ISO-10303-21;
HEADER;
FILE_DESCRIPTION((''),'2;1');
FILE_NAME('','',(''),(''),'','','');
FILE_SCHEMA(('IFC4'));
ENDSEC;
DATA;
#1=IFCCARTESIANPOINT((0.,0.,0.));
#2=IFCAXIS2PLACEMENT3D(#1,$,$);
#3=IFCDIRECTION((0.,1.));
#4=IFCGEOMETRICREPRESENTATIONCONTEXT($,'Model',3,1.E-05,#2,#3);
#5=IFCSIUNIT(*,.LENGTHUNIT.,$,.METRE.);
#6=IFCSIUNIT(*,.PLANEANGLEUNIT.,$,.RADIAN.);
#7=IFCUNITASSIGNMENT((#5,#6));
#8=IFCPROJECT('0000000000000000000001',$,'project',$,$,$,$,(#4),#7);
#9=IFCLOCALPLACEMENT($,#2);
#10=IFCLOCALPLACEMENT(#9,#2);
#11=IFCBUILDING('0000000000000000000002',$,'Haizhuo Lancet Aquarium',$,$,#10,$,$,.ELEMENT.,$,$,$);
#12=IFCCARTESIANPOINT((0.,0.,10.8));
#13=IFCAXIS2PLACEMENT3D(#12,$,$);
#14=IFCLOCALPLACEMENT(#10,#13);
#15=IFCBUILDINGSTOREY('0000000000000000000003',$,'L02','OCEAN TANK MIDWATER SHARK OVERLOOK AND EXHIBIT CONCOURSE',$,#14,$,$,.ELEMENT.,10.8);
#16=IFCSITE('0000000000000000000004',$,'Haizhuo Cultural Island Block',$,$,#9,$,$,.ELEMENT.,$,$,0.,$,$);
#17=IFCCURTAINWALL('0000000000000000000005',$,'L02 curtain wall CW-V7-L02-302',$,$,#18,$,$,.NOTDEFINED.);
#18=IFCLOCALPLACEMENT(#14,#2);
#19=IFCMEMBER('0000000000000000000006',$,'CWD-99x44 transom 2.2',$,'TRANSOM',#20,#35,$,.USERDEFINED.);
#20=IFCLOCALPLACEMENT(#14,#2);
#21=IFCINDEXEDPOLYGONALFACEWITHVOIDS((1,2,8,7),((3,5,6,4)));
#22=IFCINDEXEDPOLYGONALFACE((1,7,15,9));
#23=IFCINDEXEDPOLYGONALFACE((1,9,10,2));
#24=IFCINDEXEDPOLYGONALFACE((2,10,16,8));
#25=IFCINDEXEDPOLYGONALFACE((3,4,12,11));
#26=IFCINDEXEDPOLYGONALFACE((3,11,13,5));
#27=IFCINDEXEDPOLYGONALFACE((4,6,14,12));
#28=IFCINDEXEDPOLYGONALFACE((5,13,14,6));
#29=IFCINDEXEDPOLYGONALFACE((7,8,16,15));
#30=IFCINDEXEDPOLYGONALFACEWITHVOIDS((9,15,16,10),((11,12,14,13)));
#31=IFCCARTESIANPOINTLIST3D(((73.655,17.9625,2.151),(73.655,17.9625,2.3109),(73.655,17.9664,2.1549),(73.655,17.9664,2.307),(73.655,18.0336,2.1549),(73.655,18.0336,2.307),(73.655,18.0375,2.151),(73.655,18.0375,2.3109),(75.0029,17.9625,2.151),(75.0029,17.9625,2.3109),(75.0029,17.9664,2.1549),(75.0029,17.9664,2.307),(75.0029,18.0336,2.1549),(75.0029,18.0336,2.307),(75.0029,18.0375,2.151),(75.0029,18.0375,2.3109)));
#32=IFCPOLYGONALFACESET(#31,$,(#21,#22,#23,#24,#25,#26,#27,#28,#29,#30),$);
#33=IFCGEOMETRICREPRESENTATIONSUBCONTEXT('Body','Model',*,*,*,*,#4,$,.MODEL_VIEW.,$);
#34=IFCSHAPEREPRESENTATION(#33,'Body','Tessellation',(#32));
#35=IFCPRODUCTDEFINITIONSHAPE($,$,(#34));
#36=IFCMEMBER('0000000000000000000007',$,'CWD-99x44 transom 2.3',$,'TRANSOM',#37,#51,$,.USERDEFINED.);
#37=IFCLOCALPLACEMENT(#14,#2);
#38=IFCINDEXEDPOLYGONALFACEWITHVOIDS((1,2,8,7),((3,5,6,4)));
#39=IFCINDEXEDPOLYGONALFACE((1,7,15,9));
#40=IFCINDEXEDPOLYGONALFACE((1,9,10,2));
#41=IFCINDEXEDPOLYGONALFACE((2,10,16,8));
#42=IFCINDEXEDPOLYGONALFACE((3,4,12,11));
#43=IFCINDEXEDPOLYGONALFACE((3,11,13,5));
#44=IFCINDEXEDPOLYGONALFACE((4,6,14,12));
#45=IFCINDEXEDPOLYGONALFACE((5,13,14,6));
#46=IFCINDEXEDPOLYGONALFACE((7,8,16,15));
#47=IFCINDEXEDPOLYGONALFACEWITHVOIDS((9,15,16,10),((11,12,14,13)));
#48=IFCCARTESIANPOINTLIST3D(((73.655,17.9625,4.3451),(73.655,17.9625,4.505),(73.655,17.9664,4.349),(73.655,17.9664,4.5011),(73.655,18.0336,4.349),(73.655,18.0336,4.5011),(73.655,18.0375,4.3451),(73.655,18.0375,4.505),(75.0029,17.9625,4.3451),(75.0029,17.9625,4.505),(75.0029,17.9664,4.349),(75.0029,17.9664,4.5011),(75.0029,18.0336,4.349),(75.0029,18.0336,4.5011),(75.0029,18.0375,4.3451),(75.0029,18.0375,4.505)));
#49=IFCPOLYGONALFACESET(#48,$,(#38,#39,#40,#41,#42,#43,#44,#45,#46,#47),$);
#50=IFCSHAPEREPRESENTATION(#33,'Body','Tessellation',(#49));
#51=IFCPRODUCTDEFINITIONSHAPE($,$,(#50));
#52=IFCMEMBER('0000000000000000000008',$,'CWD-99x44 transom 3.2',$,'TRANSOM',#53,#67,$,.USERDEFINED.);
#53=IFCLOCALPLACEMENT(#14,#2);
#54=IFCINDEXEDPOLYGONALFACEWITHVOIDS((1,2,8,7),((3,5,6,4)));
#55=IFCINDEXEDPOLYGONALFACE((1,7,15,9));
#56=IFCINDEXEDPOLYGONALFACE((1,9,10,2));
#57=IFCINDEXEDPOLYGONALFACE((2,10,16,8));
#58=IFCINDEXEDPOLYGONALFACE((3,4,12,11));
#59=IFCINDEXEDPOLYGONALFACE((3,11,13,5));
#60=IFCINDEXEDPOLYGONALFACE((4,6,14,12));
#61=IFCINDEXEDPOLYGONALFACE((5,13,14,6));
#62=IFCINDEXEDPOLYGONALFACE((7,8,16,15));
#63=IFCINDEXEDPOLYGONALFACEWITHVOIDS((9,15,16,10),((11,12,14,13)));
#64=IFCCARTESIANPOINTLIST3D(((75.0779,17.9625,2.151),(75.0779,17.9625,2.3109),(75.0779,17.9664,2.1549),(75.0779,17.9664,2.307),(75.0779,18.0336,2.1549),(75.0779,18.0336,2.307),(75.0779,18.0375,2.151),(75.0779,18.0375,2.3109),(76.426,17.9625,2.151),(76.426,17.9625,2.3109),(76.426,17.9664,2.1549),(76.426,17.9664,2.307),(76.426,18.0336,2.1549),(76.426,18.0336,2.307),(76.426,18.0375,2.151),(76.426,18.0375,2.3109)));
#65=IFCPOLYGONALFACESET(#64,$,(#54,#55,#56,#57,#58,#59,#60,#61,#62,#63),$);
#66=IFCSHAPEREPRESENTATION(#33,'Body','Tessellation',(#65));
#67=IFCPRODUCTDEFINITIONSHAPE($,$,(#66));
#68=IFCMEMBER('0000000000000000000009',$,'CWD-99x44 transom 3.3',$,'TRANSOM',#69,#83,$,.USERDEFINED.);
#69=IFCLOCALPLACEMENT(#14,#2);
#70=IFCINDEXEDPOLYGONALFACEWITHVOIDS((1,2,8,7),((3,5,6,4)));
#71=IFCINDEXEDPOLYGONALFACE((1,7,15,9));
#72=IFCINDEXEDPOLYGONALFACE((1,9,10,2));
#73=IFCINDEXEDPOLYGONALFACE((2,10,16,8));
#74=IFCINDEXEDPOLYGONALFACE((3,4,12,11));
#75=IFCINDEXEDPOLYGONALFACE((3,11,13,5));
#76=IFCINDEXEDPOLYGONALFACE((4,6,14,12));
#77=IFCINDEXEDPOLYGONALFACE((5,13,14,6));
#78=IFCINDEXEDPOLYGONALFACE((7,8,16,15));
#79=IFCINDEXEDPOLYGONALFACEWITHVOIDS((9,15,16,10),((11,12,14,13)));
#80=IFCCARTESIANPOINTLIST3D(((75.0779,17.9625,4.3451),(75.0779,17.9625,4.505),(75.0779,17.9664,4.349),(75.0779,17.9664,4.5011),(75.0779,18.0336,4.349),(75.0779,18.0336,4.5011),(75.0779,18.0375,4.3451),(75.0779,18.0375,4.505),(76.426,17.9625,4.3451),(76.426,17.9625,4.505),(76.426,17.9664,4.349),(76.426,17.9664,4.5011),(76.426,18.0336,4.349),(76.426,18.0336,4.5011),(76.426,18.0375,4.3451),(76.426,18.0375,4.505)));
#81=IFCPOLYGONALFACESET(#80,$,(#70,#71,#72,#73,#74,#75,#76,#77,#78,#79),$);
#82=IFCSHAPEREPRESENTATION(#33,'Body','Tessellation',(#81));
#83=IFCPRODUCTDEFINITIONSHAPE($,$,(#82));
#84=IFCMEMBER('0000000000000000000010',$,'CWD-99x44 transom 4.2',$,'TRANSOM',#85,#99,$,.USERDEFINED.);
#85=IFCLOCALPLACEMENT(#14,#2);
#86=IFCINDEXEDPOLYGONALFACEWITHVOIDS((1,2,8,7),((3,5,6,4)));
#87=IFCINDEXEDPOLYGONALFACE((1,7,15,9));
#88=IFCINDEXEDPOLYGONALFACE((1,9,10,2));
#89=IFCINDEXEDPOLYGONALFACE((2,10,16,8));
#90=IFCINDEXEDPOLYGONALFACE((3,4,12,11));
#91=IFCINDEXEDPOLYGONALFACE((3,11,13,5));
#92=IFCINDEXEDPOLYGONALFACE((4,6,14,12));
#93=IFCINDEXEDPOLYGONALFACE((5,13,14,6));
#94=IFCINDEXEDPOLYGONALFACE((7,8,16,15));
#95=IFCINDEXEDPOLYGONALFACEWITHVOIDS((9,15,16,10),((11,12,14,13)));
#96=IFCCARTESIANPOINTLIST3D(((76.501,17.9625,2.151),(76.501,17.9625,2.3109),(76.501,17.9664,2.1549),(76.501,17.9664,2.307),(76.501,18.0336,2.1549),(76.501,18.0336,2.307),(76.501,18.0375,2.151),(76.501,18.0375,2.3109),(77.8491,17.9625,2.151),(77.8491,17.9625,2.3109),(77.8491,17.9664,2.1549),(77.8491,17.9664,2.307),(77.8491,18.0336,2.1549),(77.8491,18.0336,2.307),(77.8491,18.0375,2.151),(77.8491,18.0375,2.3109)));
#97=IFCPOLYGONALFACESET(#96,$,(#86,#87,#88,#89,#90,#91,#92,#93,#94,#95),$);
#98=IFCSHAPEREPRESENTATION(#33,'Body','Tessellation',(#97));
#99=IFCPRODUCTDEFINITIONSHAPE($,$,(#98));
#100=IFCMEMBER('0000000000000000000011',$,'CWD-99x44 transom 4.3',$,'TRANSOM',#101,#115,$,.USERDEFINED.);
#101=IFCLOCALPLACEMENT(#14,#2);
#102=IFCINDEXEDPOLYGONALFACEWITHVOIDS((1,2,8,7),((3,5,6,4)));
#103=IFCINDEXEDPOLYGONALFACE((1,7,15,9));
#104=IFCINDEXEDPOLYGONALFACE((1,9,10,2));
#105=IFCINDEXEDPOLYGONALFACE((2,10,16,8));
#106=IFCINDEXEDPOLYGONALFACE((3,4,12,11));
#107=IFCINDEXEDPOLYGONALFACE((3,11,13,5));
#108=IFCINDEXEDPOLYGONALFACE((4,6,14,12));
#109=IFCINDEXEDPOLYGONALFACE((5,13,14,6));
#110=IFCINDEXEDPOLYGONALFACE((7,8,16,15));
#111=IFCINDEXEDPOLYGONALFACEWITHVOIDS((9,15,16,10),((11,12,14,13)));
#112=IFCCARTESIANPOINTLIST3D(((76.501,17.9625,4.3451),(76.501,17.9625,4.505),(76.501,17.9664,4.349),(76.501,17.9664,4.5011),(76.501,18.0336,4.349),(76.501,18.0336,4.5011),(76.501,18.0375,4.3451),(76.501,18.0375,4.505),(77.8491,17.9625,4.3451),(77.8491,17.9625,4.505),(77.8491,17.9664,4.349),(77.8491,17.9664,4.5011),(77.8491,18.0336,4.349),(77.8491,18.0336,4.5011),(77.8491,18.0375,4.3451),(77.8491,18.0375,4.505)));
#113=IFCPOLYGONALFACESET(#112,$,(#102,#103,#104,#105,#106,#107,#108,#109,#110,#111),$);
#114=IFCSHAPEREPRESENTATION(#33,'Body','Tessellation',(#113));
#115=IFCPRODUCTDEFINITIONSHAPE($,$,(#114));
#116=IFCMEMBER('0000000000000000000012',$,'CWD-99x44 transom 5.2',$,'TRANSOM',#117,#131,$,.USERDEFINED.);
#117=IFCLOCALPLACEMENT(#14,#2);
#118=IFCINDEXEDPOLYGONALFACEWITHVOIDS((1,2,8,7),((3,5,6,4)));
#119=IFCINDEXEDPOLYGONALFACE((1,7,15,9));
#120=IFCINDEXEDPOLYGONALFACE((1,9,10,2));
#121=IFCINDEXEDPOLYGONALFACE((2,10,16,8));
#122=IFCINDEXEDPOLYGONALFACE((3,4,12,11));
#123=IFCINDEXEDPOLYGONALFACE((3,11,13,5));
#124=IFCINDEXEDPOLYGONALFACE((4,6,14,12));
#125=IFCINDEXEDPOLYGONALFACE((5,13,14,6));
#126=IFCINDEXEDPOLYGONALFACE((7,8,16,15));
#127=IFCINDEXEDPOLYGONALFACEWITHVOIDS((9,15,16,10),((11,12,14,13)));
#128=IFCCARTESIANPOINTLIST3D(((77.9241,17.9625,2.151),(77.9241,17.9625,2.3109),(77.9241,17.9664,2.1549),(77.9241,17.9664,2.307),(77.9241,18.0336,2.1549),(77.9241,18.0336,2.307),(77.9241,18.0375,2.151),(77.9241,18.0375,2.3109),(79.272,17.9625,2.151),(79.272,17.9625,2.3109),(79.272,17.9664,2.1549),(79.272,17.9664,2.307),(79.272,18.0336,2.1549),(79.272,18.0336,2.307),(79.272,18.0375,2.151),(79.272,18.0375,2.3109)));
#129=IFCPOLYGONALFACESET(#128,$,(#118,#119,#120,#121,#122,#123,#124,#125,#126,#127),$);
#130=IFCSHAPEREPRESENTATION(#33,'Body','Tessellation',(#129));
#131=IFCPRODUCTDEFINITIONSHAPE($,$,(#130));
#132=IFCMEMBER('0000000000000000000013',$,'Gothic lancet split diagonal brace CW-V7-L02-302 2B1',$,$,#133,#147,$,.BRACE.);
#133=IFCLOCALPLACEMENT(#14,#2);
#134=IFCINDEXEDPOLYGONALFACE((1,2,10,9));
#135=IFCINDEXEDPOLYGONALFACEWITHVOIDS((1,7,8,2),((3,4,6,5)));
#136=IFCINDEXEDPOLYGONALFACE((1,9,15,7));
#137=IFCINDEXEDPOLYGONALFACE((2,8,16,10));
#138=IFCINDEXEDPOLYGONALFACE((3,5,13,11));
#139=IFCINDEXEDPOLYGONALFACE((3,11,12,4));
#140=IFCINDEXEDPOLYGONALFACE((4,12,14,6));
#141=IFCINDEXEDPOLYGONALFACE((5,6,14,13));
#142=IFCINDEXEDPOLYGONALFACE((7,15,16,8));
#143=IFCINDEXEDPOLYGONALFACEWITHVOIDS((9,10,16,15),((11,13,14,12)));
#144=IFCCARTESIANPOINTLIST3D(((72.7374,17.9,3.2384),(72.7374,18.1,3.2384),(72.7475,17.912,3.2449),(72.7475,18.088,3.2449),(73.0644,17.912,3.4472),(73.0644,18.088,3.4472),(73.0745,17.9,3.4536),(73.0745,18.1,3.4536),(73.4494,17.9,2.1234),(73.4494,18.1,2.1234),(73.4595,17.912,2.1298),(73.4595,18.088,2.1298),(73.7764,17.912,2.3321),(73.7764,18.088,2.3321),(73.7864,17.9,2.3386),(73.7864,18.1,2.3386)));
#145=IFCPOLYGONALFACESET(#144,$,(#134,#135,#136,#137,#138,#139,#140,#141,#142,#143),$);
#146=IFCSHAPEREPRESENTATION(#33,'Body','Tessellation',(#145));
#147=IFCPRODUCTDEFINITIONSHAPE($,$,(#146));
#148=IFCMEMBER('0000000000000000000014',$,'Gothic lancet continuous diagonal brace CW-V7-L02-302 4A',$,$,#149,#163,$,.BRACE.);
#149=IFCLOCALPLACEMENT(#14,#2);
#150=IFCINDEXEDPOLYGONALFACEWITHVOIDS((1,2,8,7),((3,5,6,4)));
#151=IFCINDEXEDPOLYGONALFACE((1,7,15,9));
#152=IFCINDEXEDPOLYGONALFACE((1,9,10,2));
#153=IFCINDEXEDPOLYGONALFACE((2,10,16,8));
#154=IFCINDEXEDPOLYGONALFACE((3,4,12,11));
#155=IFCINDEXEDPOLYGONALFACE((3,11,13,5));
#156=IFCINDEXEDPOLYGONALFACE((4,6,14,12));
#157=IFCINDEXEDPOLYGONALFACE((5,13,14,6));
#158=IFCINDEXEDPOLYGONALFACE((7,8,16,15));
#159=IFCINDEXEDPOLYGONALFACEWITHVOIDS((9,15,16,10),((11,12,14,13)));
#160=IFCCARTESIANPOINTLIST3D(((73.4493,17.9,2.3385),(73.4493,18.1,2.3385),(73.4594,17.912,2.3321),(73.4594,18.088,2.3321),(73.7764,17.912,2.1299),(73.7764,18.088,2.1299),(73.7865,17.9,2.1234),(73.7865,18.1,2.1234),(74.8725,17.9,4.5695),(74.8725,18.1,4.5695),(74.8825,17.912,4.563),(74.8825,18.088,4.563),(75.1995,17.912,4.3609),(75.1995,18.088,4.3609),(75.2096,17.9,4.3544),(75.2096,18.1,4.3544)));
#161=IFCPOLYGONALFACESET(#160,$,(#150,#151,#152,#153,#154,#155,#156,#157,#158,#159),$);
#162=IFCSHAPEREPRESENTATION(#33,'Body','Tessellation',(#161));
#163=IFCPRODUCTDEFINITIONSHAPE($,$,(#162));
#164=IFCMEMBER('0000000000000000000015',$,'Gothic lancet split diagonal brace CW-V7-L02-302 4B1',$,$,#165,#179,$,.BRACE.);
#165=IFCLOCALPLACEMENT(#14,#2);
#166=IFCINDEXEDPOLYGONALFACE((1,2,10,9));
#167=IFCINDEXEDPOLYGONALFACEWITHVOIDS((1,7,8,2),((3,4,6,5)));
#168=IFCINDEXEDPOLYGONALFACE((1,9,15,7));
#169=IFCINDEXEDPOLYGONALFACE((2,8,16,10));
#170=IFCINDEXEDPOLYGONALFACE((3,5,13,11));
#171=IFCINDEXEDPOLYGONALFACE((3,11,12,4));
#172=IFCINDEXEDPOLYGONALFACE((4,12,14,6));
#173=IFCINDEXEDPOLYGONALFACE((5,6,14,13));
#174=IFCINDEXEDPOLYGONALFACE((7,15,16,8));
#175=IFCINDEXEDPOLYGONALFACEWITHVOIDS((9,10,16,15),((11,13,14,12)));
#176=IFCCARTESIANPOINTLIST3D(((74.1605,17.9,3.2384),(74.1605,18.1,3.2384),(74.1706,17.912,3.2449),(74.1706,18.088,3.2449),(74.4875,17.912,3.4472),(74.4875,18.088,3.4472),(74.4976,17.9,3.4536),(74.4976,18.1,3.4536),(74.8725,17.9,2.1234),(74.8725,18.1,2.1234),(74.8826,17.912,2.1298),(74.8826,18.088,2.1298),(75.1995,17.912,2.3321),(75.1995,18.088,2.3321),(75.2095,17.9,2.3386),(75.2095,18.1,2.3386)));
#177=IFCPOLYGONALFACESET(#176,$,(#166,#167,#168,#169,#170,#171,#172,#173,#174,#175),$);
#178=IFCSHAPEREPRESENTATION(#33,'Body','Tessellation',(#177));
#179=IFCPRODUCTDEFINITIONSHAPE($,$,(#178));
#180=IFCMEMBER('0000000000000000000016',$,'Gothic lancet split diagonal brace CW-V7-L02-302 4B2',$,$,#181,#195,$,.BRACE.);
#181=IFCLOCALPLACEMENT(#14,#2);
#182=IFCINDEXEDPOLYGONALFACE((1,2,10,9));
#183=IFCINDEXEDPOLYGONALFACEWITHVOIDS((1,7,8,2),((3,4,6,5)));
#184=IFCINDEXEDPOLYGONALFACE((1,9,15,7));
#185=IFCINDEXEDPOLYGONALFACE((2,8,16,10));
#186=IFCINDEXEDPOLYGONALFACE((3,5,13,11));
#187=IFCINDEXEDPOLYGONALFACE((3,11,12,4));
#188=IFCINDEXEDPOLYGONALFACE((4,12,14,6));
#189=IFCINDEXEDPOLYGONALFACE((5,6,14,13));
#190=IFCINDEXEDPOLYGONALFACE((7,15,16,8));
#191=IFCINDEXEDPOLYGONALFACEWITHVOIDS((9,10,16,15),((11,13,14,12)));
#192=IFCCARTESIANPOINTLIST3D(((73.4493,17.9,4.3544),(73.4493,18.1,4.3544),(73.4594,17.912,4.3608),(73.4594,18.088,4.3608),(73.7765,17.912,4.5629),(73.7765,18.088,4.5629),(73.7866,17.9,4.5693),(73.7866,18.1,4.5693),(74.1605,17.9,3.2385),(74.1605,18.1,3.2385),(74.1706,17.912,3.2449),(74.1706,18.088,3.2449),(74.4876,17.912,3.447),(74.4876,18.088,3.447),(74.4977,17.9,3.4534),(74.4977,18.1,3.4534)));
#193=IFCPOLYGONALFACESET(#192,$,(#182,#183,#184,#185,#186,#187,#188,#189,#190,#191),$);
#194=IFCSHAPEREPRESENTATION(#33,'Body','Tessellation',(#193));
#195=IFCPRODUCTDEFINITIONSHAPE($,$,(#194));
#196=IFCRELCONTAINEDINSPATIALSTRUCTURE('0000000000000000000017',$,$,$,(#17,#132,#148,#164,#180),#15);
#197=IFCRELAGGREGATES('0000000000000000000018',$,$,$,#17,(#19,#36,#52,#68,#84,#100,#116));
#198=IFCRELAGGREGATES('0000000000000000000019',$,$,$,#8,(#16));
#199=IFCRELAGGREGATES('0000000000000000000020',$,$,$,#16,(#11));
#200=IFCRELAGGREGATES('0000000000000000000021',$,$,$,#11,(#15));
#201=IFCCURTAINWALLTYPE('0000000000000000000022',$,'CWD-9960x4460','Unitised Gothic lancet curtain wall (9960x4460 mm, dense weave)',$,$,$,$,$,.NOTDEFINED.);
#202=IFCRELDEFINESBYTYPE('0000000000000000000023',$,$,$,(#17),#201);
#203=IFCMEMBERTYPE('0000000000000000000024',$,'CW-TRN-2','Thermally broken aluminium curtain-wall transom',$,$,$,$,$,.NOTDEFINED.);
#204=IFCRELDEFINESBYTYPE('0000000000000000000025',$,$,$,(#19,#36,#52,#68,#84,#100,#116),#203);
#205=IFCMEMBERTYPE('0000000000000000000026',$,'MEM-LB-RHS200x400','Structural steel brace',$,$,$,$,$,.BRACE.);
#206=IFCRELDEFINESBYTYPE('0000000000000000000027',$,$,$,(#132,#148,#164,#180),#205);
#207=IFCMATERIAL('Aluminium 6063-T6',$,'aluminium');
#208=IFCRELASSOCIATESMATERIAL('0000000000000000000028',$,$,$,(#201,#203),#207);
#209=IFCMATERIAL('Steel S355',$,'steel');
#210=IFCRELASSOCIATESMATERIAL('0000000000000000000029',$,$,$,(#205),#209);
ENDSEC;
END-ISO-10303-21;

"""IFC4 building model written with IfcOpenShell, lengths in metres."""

from ifc_helpers import new_model, si_unit, direction, frame, origin, origin_2d, place, context, subcontext, project, spatial, hollow_rectangle, extrude, material, material_profile, profile_set, type_object, element, aggregate, save


model = new_model("IFC4")

# Units and contexts
model_context = context("Model", 3, precision=1e-05, world=origin(), true_north=direction((0.0, 1.0)))
body_context = subcontext(model_context, "Body", "Model", "MODEL_VIEW")
ifc_project = project(units=[si_unit("LENGTHUNIT", "METRE"), si_unit("PLANEANGLEUNIT", "RADIAN")], contexts=[model_context])

# Site, building, storey
site_placement = place(None, origin())
site = spatial("IfcSite", under=ifc_project, at=site_placement, Name="Haizhuo Cultural Island Block", CompositionType="ELEMENT", RefElevation=0.0)
building_placement = place(site_placement, origin())
building = spatial("IfcBuilding", under=site, at=building_placement, Name="Haizhuo Lancet Aquarium", CompositionType="ELEMENT")
storey_placement = place(building_placement, frame((0.0, 0.0, 10.8)))
storey = spatial("IfcBuildingStorey", under=building, at=storey_placement, Name="L02", Description="OCEAN TANK MIDWATER SHARK OVERLOOK AND EXHIBIT CONCOURSE", CompositionType="ELEMENT", Elevation=10.8)

# Curtain wall, members
ifc_material_1 = material(Name="Aluminium 6063-T6", Category="aluminium")
curtain_wall_type = type_object("IfcCurtainWallType", Name="CWD-9960x4460", Description="Unitised Gothic lancet curtain wall (9960x4460 mm, dense weave)", PredefinedType="NOTDEFINED", material=ifc_material_1)
curtain_wall_placement = place(storey_placement, origin())
curtain_wall = element("IfcCurtainWall", 1, at=curtain_wall_placement, inside=storey, type_object=curtain_wall_type, Name="L02 curtain wall CW-V7-L02-302", PredefinedType="NOTDEFINED")
ifc_material_profile_1 = material_profile(ifc_material_1, hollow_rectangle(XDim=0.075, YDim=0.1599, WallThickness=0.0039, at=origin_2d()), Name="ALU-T 75x160x4")
ifc_profile_set_1 = profile_set([ifc_material_profile_1], Name="Aluminium 6063-T6")
member_type_1 = type_object("IfcMemberType", Name="CW-TRN-2", Description="Thermally broken aluminium curtain-wall transom", PredefinedType="NOTDEFINED", material=ifc_profile_set_1)
member_1_placement = place(storey_placement, frame((73.655, 18.0, 2.231), z_axis=(1.0, 0.0, 0.0), x_axis=(0.0, 1.0, 0.0)))
member_1 = element("IfcMember", 2, at=member_1_placement, type_object=member_type_1, Name="CWD-99x44 transom 2.2", ObjectType="TRANSOM", PredefinedType="USERDEFINED", context=body_context, shape_type="SweptSolid", body=[
    extrude(hollow_rectangle(XDim=0.075, YDim=0.1599, WallThickness=0.0039, at=origin_2d()), origin(), (0.0, 0.0, 1.0), 1.3479),
])
member_2_placement = place(storey_placement, frame((73.655, 18.0, 4.425), z_axis=(1.0, 0.0, 0.0), x_axis=(0.0, 1.0, 0.0)))
member_2 = element("IfcMember", 3, at=member_2_placement, type_object=member_type_1, Name="CWD-99x44 transom 2.3", ObjectType="TRANSOM", PredefinedType="USERDEFINED", context=body_context, shape_type="SweptSolid", body=[
    extrude(hollow_rectangle(XDim=0.075, YDim=0.1599, WallThickness=0.0039, at=origin_2d()), origin(), (0.0, 0.0, 1.0), 1.3479),
])
member_3_placement = place(storey_placement, frame((75.0779, 18.0, 2.231), z_axis=(1.0, 0.0, 0.0), x_axis=(0.0, 1.0, 0.0)))
member_3 = element("IfcMember", 4, at=member_3_placement, type_object=member_type_1, Name="CWD-99x44 transom 3.2", ObjectType="TRANSOM", PredefinedType="USERDEFINED", context=body_context, shape_type="SweptSolid", body=[
    extrude(hollow_rectangle(XDim=0.075, YDim=0.1599, WallThickness=0.0039, at=origin_2d()), origin(), (0.0, 0.0, 1.0), 1.3481),
])
member_4_placement = place(storey_placement, frame((75.0779, 18.0, 4.425), z_axis=(1.0, 0.0, 0.0), x_axis=(0.0, 1.0, 0.0)))
member_4 = element("IfcMember", 5, at=member_4_placement, type_object=member_type_1, Name="CWD-99x44 transom 3.3", ObjectType="TRANSOM", PredefinedType="USERDEFINED", context=body_context, shape_type="SweptSolid", body=[
    extrude(hollow_rectangle(XDim=0.075, YDim=0.1599, WallThickness=0.0039, at=origin_2d()), origin(), (0.0, 0.0, 1.0), 1.3481),
])
member_5_placement = place(storey_placement, frame((76.501, 18.0, 2.231), z_axis=(1.0, 0.0, 0.0), x_axis=(0.0, 1.0, 0.0)))
member_5 = element("IfcMember", 6, at=member_5_placement, type_object=member_type_1, Name="CWD-99x44 transom 4.2", ObjectType="TRANSOM", PredefinedType="USERDEFINED", context=body_context, shape_type="SweptSolid", body=[
    extrude(hollow_rectangle(XDim=0.075, YDim=0.1599, WallThickness=0.0039, at=origin_2d()), origin(), (0.0, 0.0, 1.0), 1.3481),
])
member_6_placement = place(storey_placement, frame((76.501, 18.0, 4.425), z_axis=(1.0, 0.0, 0.0), x_axis=(0.0, 1.0, 0.0)))
member_6 = element("IfcMember", 7, at=member_6_placement, type_object=member_type_1, Name="CWD-99x44 transom 4.3", ObjectType="TRANSOM", PredefinedType="USERDEFINED", context=body_context, shape_type="SweptSolid", body=[
    extrude(hollow_rectangle(XDim=0.075, YDim=0.1599, WallThickness=0.0039, at=origin_2d()), origin(), (0.0, 0.0, 1.0), 1.3481),
])
member_7_placement = place(storey_placement, frame((77.9241, 18.0, 2.231), z_axis=(1.0, 0.0, 0.0), x_axis=(0.0, 1.0, 0.0)))
member_7 = element("IfcMember", 8, at=member_7_placement, type_object=member_type_1, Name="CWD-99x44 transom 5.2", ObjectType="TRANSOM", PredefinedType="USERDEFINED", context=body_context, shape_type="SweptSolid", body=[
    extrude(hollow_rectangle(XDim=0.075, YDim=0.1599, WallThickness=0.0039, at=origin_2d()), origin(), (0.0, 0.0, 1.0), 1.3479),
])

# Members
ifc_material_2 = material(Name="Steel S355", Category="steel")
ifc_material_profile_2 = material_profile(ifc_material_2, hollow_rectangle(XDim=0.2, YDim=0.3999, WallThickness=0.012, at=origin_2d()), Name="RHS 200x400x12")
ifc_profile_set_2 = profile_set([ifc_material_profile_2], Name="Steel S355")
member_type_2 = type_object("IfcMemberType", Name="MEM-LB-RHS200x400", Description="Structural steel brace", PredefinedType="BRACE", material=ifc_profile_set_2)
member_8_placement = place(storey_placement, frame((73.6179, 18.0, 2.231), z_axis=(-0.538153, 0.0, 0.842847), x_axis=(0.0, -1.0, 0.0)))
element("IfcMember", 9, at=member_8_placement, inside=storey, type_object=member_type_2, Name="Gothic lancet split diagonal brace CW-V7-L02-302 2B1", PredefinedType="BRACE", context=body_context, shape_type="SweptSolid", body=[
    extrude(hollow_rectangle(XDim=0.2, YDim=0.3999, WallThickness=0.012, at=origin_2d()), origin(), (0.0, 0.0, 1.0), 1.323),
])
member_9_placement = place(storey_placement, frame((73.6179, 18.0, 2.231), z_axis=(0.537789, 0.0, 0.84308), x_axis=(0.0, 1.0, 0.0)))
element("IfcMember", 10, at=member_9_placement, inside=storey, type_object=member_type_2, Name="Gothic lancet continuous diagonal brace CW-V7-L02-302 4A", PredefinedType="BRACE", context=body_context, shape_type="SweptSolid", body=[
    extrude(hollow_rectangle(XDim=0.2, YDim=0.3999, WallThickness=0.012, at=origin_2d()), origin(), (0.0, 0.0, 1.0), 2.6462),
])
member_10_placement = place(storey_placement, frame((75.041, 18.0, 2.231), z_axis=(-0.538153, 0.0, 0.842847), x_axis=(0.0, -1.0, 0.0)))
element("IfcMember", 11, at=member_10_placement, inside=storey, type_object=member_type_2, Name="Gothic lancet split diagonal brace CW-V7-L02-302 4B1", PredefinedType="BRACE", context=body_context, shape_type="SweptSolid", body=[
    extrude(hollow_rectangle(XDim=0.2, YDim=0.3999, WallThickness=0.012, at=origin_2d()), origin(), (0.0, 0.0, 1.0), 1.323),
])
member_11_placement = place(storey_placement, frame((74.3291, 18.0, 3.3459), z_axis=(-0.537425, 0.0, 0.843312), x_axis=(0.0, -1.0, 0.0)))
element("IfcMember", 12, at=member_11_placement, inside=storey, type_object=member_type_2, Name="Gothic lancet split diagonal brace CW-V7-L02-302 4B2", PredefinedType="BRACE", context=body_context, shape_type="SweptSolid", body=[
    extrude(hollow_rectangle(XDim=0.2, YDim=0.3999, WallThickness=0.012, at=origin_2d()), origin(), (0.0, 0.0, 1.0), 1.3232),
])

aggregate(curtain_wall, [member_1, member_2, member_3, member_4, member_5, member_6, member_7])

save(model, "model.ifc")
